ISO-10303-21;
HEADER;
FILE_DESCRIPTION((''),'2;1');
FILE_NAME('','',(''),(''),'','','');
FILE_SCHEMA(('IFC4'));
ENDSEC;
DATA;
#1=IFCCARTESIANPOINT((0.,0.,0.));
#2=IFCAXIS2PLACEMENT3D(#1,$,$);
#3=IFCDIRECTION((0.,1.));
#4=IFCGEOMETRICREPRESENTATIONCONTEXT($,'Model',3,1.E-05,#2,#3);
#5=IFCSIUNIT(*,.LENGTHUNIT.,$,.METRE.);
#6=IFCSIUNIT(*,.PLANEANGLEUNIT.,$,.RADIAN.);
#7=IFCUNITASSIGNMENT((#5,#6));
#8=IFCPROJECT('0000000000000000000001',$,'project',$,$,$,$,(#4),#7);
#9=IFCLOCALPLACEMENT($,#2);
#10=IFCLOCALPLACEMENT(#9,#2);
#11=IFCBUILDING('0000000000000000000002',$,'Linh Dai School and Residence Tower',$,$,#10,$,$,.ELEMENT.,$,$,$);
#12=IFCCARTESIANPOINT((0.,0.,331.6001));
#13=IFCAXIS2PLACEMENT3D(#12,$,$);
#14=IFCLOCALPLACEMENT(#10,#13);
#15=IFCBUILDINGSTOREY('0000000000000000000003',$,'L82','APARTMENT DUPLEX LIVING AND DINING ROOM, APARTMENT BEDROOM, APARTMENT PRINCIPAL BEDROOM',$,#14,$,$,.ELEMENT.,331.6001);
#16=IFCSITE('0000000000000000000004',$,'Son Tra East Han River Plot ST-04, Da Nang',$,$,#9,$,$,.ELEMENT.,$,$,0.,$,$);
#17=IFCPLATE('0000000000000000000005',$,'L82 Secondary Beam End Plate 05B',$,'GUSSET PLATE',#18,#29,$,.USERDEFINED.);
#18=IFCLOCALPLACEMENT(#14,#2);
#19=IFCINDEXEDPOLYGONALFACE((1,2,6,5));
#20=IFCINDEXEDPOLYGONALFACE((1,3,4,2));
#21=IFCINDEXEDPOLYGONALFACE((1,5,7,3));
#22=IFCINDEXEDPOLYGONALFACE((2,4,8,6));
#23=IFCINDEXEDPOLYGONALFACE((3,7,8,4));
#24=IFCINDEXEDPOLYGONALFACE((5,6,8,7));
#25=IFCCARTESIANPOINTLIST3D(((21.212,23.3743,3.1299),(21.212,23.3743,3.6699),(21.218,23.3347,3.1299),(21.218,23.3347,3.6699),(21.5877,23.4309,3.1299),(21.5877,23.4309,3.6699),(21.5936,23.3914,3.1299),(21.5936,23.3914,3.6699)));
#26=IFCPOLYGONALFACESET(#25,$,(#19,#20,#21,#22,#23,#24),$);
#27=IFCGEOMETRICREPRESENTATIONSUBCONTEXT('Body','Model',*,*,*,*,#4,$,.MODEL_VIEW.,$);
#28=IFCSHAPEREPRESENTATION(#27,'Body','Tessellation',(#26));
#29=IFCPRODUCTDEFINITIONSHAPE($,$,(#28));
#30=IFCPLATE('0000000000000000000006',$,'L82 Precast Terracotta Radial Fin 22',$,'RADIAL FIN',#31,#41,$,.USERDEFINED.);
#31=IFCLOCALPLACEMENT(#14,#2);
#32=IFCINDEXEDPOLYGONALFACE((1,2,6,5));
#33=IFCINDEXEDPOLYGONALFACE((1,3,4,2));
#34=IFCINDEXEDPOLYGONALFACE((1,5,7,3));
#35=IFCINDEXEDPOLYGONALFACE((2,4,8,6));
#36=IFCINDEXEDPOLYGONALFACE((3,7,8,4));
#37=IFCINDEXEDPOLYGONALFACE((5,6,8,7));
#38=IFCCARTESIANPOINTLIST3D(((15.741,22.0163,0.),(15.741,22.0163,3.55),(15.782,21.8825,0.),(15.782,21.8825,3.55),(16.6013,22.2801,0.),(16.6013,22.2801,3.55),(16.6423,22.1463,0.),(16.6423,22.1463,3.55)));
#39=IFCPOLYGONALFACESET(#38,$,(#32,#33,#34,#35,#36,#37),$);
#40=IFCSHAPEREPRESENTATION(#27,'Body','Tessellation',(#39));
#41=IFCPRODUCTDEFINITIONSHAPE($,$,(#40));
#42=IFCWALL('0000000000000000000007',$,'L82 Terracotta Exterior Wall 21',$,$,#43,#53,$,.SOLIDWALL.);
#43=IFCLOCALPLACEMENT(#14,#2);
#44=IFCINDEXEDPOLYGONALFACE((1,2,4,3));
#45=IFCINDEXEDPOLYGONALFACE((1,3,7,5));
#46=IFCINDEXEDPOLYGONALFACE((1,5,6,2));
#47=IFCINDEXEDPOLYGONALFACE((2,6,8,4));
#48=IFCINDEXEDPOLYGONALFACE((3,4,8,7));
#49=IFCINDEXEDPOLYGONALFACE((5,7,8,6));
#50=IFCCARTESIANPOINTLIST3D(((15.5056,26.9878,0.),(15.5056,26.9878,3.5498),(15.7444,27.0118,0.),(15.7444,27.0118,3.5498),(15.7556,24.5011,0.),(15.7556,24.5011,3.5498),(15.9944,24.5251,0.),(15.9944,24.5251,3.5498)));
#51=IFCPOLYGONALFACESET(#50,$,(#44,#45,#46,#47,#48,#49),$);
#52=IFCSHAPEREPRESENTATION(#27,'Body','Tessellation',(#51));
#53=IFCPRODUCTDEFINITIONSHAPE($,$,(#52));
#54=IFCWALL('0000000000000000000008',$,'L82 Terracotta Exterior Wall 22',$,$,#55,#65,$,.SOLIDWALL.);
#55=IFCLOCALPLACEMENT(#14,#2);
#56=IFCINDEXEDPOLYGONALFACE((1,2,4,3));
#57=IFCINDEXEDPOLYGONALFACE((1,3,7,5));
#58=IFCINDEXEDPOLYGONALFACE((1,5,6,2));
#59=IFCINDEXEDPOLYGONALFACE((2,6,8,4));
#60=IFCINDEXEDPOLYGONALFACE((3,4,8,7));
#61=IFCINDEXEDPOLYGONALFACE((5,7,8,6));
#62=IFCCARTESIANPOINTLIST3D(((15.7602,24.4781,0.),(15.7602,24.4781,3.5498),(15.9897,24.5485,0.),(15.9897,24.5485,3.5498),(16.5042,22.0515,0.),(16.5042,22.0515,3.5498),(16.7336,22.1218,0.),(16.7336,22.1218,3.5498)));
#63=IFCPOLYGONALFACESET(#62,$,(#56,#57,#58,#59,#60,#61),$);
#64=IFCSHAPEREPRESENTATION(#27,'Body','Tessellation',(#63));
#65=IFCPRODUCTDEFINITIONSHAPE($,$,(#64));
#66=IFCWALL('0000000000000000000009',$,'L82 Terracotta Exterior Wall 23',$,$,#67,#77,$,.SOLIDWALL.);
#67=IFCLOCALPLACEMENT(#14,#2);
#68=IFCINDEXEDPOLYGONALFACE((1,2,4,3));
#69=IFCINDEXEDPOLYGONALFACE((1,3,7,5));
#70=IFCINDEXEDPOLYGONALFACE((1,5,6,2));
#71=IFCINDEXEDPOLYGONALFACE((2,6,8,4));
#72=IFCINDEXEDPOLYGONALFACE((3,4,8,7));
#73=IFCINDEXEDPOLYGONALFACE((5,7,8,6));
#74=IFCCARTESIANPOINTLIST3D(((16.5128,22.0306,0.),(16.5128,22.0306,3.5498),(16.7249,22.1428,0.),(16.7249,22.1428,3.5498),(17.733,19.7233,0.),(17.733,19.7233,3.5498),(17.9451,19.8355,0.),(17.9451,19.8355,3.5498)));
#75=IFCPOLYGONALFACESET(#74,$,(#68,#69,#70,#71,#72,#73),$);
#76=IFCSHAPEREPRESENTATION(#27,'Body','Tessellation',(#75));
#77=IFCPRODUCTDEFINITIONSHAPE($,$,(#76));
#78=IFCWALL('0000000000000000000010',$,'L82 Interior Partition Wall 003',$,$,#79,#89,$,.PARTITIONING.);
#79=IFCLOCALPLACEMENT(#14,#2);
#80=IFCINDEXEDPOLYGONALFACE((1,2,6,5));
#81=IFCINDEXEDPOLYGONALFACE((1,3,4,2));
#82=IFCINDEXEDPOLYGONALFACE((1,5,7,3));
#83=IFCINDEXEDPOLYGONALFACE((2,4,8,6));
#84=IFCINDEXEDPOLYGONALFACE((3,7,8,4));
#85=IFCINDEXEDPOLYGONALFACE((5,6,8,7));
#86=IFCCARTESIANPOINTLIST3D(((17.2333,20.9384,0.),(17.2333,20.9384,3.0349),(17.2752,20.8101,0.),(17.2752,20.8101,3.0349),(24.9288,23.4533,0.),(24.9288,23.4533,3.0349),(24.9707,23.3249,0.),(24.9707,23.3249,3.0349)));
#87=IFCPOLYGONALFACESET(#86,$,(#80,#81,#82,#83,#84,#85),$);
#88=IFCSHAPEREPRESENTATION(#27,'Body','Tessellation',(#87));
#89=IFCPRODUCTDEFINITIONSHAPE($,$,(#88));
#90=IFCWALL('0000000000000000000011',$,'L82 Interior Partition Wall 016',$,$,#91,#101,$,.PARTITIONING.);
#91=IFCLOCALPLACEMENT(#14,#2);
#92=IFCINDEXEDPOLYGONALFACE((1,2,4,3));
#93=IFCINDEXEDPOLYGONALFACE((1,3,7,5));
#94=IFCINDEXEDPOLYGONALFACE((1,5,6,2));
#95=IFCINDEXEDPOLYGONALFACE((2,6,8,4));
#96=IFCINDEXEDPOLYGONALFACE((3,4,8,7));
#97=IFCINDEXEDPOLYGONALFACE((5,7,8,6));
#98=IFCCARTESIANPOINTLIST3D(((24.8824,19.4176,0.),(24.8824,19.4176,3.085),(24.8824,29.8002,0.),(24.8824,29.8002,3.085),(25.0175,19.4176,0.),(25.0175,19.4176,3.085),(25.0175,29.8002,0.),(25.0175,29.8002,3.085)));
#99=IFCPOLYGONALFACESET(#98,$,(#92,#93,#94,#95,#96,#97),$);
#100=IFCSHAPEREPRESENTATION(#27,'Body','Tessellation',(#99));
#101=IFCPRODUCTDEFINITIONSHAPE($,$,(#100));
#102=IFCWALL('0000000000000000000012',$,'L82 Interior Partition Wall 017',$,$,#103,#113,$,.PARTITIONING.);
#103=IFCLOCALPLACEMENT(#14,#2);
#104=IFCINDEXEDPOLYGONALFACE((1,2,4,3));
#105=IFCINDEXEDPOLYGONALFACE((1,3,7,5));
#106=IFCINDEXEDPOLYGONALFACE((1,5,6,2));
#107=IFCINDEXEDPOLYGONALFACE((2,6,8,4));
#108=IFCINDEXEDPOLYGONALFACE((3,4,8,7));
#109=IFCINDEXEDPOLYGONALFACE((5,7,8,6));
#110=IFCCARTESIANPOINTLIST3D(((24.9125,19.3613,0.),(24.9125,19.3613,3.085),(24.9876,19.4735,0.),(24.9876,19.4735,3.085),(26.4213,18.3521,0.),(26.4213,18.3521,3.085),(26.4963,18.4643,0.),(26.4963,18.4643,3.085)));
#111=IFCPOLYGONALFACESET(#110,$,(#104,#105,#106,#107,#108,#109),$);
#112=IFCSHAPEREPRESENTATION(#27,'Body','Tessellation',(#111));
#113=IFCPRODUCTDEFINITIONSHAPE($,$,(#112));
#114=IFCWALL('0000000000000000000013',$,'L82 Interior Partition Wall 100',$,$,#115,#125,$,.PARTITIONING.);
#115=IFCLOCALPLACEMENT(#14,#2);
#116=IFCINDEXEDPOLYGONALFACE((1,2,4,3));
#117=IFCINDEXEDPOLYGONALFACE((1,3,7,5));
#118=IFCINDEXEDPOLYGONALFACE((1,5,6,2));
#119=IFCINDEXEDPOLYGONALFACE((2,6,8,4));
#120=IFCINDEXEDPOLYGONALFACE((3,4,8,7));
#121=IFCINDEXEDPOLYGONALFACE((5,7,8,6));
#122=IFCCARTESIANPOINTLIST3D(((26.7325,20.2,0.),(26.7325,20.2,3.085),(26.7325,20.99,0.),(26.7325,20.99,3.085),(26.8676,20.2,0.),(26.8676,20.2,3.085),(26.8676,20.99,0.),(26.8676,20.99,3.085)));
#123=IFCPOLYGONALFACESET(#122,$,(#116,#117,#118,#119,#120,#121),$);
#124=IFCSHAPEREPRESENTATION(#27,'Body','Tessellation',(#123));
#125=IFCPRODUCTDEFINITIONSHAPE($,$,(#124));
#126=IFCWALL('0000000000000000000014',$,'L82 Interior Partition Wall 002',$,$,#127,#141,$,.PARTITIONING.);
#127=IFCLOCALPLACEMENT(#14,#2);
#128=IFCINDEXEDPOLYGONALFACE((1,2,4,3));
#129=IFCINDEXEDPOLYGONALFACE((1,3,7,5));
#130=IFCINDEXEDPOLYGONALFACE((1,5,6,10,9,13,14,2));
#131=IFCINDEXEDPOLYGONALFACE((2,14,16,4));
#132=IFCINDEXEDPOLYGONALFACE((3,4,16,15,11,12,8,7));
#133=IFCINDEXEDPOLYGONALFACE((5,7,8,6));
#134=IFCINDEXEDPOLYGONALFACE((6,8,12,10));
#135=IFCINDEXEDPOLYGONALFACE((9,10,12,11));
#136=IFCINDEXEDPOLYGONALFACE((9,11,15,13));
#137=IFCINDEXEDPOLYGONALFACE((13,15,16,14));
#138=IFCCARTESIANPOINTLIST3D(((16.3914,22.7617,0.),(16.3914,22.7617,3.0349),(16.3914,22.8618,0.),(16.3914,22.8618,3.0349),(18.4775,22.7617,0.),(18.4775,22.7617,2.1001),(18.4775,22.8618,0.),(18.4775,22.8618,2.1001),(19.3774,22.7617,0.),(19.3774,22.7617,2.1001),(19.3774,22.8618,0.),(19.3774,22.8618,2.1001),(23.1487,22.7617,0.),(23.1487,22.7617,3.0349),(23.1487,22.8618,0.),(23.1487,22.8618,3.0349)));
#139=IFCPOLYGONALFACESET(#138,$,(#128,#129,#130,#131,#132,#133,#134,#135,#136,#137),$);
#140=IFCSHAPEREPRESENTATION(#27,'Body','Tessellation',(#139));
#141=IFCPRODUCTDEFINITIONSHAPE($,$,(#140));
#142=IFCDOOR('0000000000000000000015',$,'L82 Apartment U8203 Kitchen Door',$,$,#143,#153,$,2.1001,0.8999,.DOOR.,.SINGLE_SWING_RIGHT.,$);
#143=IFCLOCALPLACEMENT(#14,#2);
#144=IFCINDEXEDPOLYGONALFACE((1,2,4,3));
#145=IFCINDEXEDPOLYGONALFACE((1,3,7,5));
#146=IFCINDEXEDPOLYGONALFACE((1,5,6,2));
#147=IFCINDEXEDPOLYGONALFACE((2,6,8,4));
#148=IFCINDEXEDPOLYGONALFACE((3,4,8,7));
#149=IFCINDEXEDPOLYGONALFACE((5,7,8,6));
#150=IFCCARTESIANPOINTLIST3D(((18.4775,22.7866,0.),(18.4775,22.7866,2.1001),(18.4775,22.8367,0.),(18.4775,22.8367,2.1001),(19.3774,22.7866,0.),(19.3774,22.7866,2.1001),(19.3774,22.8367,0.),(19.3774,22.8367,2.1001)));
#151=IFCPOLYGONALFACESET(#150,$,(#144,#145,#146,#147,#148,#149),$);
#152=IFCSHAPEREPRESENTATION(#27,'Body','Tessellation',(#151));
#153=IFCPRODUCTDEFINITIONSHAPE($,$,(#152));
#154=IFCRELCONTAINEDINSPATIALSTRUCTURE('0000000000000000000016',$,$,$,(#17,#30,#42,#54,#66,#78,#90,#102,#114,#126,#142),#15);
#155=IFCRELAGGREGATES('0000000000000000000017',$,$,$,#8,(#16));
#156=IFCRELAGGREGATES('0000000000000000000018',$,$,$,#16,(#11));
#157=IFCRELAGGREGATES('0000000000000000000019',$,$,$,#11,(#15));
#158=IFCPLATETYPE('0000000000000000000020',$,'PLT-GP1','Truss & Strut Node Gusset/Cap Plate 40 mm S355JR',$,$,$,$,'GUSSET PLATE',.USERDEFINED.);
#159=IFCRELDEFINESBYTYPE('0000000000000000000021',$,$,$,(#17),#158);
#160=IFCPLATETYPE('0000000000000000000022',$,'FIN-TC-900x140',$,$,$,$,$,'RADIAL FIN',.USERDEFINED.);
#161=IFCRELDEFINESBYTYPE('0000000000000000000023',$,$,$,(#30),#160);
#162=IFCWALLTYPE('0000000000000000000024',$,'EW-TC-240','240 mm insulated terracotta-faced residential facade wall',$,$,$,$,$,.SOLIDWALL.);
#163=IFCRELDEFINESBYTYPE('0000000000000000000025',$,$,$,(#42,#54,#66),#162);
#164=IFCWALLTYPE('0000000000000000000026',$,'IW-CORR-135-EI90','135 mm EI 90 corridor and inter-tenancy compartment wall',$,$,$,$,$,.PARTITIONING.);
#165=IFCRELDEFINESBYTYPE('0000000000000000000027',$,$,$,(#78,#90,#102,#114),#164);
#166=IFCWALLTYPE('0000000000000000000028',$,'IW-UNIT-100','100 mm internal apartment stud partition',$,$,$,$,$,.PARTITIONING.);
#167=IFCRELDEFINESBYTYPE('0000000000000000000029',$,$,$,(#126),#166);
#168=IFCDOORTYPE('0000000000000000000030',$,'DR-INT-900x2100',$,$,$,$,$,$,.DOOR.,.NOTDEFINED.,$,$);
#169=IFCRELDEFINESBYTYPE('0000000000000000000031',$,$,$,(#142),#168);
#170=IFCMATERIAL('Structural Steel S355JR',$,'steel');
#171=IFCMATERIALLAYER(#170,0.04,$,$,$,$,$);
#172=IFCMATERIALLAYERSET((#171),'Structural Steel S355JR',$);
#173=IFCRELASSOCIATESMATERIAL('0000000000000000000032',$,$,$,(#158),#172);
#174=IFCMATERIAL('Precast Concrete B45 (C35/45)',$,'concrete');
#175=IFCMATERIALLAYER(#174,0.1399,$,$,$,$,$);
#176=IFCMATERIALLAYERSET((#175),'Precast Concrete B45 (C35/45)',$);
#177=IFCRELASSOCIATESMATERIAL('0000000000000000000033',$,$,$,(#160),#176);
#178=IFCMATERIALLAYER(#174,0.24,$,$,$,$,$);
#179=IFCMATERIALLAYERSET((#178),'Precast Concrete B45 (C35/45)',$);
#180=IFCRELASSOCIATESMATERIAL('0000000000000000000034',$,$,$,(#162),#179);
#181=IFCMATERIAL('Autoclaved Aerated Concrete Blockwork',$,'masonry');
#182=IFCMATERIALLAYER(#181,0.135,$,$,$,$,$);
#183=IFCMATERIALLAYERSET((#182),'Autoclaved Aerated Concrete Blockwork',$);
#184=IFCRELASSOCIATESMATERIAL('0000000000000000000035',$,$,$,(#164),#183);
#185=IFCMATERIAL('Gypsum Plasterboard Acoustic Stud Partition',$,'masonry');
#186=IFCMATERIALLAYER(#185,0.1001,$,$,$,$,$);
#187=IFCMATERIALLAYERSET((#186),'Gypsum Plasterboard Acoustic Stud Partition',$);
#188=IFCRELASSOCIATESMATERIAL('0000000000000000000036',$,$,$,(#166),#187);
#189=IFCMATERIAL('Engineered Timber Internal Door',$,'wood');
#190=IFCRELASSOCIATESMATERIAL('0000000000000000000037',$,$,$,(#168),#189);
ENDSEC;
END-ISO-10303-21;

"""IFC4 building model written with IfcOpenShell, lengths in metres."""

from ifc_helpers import new_model, si_unit, direction, frame, frame_2d, origin, origin_2d, place, context, subcontext, project, spatial, rectangle, extrude, source, transform, mapped, material, layer, layer_set, type_object, element, fill, save


model = new_model("IFC4")

# Units and contexts
model_context = context("Model", 3, precision=1e-05, world=origin(), true_north=direction((0.0, 1.0)))
body_context = subcontext(model_context, "Body", "Model", "MODEL_VIEW")
ifc_project = project(units=[si_unit("LENGTHUNIT", "METRE"), si_unit("PLANEANGLEUNIT", "RADIAN")], contexts=[model_context])

# Site, building, storey
site_placement = place(None, origin())
site = spatial("IfcSite", under=ifc_project, at=site_placement, Name="Son Tra East Han River Plot ST-04, Da Nang", CompositionType="ELEMENT", RefElevation=0.0)
building_placement = place(site_placement, origin())
building = spatial("IfcBuilding", under=site, at=building_placement, Name="Linh Dai School and Residence Tower", CompositionType="ELEMENT")
storey_placement = place(building_placement, frame((0.0, 0.0, 331.6001)))
storey = spatial("IfcBuildingStorey", under=building, at=storey_placement, Name="L82", Description="APARTMENT DUPLEX LIVING AND DINING ROOM, APARTMENT BEDROOM, APARTMENT PRINCIPAL BEDROOM", CompositionType="ELEMENT", Elevation=331.6001)

# Shared definitions
ifc_material_1 = material(Name="Structural Steel S355JR", Category="steel")

# Plates
ifc_layer_1 = layer(ifc_material_1, 0.04)
ifc_layer_set_1 = layer_set([ifc_layer_1], Name="Structural Steel S355JR")
plate_type_1 = type_object("IfcPlateType", Name="PLT-GP1", Description="Truss & Strut Node Gusset/Cap Plate 40 mm S355JR", ElementType="GUSSET PLATE", PredefinedType="USERDEFINED", material=ifc_layer_set_1)
shared_shape_1 = source(origin(), body_context, "Body", "SweptSolid", [
    extrude(rectangle(XDim=0.04, YDim=0.3799, at=origin_2d()), origin(), (0.0, 0.0, 1.0), 0.54),
])
plate_1_placement = place(storey_placement, frame((21.4028, 23.3828, 3.1299), z_axis=(0.0, 0.0, 1.0), x_axis=(0.149196, -0.988808, 0.0)))
element("IfcPlate", 1, at=plate_1_placement, inside=storey, type_object=plate_type_1, Name="L82 Secondary Beam End Plate 05B", ObjectType="GUSSET PLATE", PredefinedType="USERDEFINED", context=body_context, shape_type="MappedRepresentation", body=[
    mapped(shared_shape_1, transform((0.0, 0.0, 0.0), x_axis=(1.0, 0.0, 0.0), y_axis=(0.0, 1.0, 0.0), z_axis=(0.0, 0.0, 1.0), scale=1.0)),
])
ifc_material_2 = material(Name="Precast Concrete B45 (C35/45)", Category="concrete")
ifc_layer_2 = layer(ifc_material_2, 0.1399)
ifc_layer_set_2 = layer_set([ifc_layer_2], Name="Precast Concrete B45 (C35/45)")
plate_type_2 = type_object("IfcPlateType", Name="FIN-TC-900x140", ElementType="RADIAL FIN", PredefinedType="USERDEFINED", material=ifc_layer_set_2)
shared_shape_2 = source(origin(), body_context, "Body", "SweptSolid", [
    extrude(rectangle(XDim=0.8999, YDim=0.1399, at=origin_2d()), origin(), (0.0, 0.0, 1.0), 3.55),
])
plate_2_placement = place(storey_placement, frame((16.1917, 22.0813, 0.0), z_axis=(0.0, 0.0, 1.0), x_axis=(-0.956083, -0.293095, 0.0)))
element("IfcPlate", 2, at=plate_2_placement, inside=storey, type_object=plate_type_2, Name="L82 Precast Terracotta Radial Fin 22", ObjectType="RADIAL FIN", PredefinedType="USERDEFINED", context=body_context, shape_type="MappedRepresentation", body=[
    mapped(shared_shape_2, transform((0.0, 0.0, 0.0), x_axis=(1.0, 0.0, 0.0), y_axis=(0.0, 1.0, 0.0), z_axis=(0.0, 0.0, 1.0), scale=1.0)),
])

# Walls
ifc_layer_3 = layer(ifc_material_2, 0.24)
ifc_layer_set_3 = layer_set([ifc_layer_3], Name="Precast Concrete B45 (C35/45)")
wall_type_1 = type_object("IfcWallType", Name="EW-TC-240", Description="240 mm insulated terracotta-faced residential facade wall", PredefinedType="SOLIDWALL", material=ifc_layer_set_3)
wall_1_placement = place(storey_placement, frame((15.875, 24.5132, 0.0), z_axis=(0.0, 0.0, 1.0), x_axis=(-0.100026, 0.994985, 0.0)))
element("IfcWall", 3, at=wall_1_placement, inside=storey, type_object=wall_type_1, Name="L82 Terracotta Exterior Wall 21", PredefinedType="SOLIDWALL", context=body_context, shape_type="SweptSolid", body=[
    extrude(rectangle(XDim=2.4993, YDim=0.24, at=frame_2d((1.2495, 0.0))), origin(), (0.0, 0.0, 1.0), 3.5498),
])
wall_2_placement = place(storey_placement, frame((16.6189, 22.0867, 0.0), z_axis=(0.0, 0.0, 1.0), x_axis=(-0.293106, 0.95608, 0.0)))
element("IfcWall", 4, at=wall_2_placement, inside=storey, type_object=wall_type_1, Name="L82 Terracotta Exterior Wall 22", PredefinedType="SOLIDWALL", context=body_context, shape_type="SweptSolid", body=[
    extrude(rectangle(XDim=2.5381, YDim=0.24, at=frame_2d((1.269, 0.0))), origin(), (0.0, 0.0, 1.0), 3.5498),
])
wall_3_placement = place(storey_placement, frame((17.8391, 19.7793, 0.0), z_axis=(0.0, 0.0, 1.0), x_axis=(-0.467488, 0.883999, 0.0)))
element("IfcWall", 5, at=wall_3_placement, inside=storey, type_object=wall_type_1, Name="L82 Terracotta Exterior Wall 23", PredefinedType="SOLIDWALL", context=body_context, shape_type="SweptSolid", body=[
    extrude(rectangle(XDim=2.6101, YDim=0.24, at=frame_2d((1.3052, 0.0))), origin(), (0.0, 0.0, 1.0), 3.5498),
])
ifc_material_3 = material(Name="Autoclaved Aerated Concrete Blockwork", Category="masonry")
ifc_layer_4 = layer(ifc_material_3, 0.135)
ifc_layer_set_4 = layer_set([ifc_layer_4], Name="Autoclaved Aerated Concrete Blockwork")
wall_type_2 = type_object("IfcWallType", Name="IW-CORR-135-EI90", Description="135 mm EI 90 corridor and inter-tenancy compartment wall", PredefinedType="PARTITIONING", material=ifc_layer_set_4)
wall_4_placement = place(storey_placement, frame((17.2544, 20.8743, 0.0), z_axis=(0.0, 0.0, 1.0), x_axis=(0.95053, 0.310631, 0.0)))
element("IfcWall", 6, at=wall_4_placement, inside=storey, type_object=wall_type_2, Name="L82 Interior Partition Wall 003", PredefinedType="PARTITIONING", context=body_context, shape_type="SweptSolid", body=[
    extrude(rectangle(XDim=8.0959, YDim=0.135, at=frame_2d((4.0479, 0.0))), origin(), (0.0, 0.0, 1.0), 3.0349),
])
wall_5_placement = place(storey_placement, frame((24.95, 19.4175, 0.0), z_axis=(0.0, 0.0, 1.0), x_axis=(0.0, 1.0, 0.0)))
element("IfcWall", 7, at=wall_5_placement, inside=storey, type_object=wall_type_2, Name="L82 Interior Partition Wall 016", PredefinedType="PARTITIONING", context=body_context, shape_type="SweptSolid", body=[
    extrude(rectangle(XDim=10.3826, YDim=0.135, at=frame_2d((5.1914, 0.0))), origin(), (0.0, 0.0, 1.0), 3.085),
])
wall_6_placement = place(storey_placement, frame((24.95, 19.4175, 0.0), z_axis=(0.0, 0.0, 1.0), x_axis=(0.83118, -0.556003, 0.0)))
element("IfcWall", 8, at=wall_6_placement, inside=storey, type_object=wall_type_2, Name="L82 Interior Partition Wall 017", PredefinedType="PARTITIONING", context=body_context, shape_type="SweptSolid", body=[
    extrude(rectangle(XDim=1.8152, YDim=0.135, at=frame_2d((0.9077, 0.0))), origin(), (0.0, 0.0, 1.0), 3.085),
])
wall_7_placement = place(storey_placement, frame((26.8, 20.99, 0.0), z_axis=(0.0, 0.0, 1.0), x_axis=(0.0, -1.0, 0.0)))
element("IfcWall", 9, at=wall_7_placement, inside=storey, type_object=wall_type_2, Name="L82 Interior Partition Wall 100", PredefinedType="PARTITIONING", context=body_context, shape_type="SweptSolid", body=[
    extrude(rectangle(XDim=0.79, YDim=0.135, at=frame_2d((0.395, 0.0))), origin(), (0.0, 0.0, 1.0), 3.085),
])

# Wall, opening, door
ifc_material_4 = material(Name="Gypsum Plasterboard Acoustic Stud Partition", Category="masonry")
ifc_layer_5 = layer(ifc_material_4, 0.1001)
ifc_layer_set_5 = layer_set([ifc_layer_5], Name="Gypsum Plasterboard Acoustic Stud Partition")
wall_type_3 = type_object("IfcWallType", Name="IW-UNIT-100", Description="100 mm internal apartment stud partition", PredefinedType="PARTITIONING", material=ifc_layer_set_5)
wall_8_placement = place(storey_placement, frame((16.3914, 22.8118, 0.0), z_axis=(0.0, 0.0, 1.0), x_axis=(1.0, 0.0, 0.0)))
wall_8 = element("IfcWall", 10, at=wall_8_placement, inside=storey, type_object=wall_type_3, Name="L82 Interior Partition Wall 002", PredefinedType="PARTITIONING", context=body_context, shape_type="SweptSolid", body=[
    extrude(rectangle(XDim=6.7573, YDim=0.1001, at=frame_2d((3.3787, 0.0))), origin(), (0.0, 0.0, 1.0), 3.0349),
])
opening_1_placement = place(wall_8_placement, frame((2.0862, 0.0, 0.0)))
opening_1 = element("IfcOpeningElement", 11, at=opening_1_placement, cuts=wall_8, PredefinedType="OPENING", context=body_context, shape_type="SweptSolid", body=[
    extrude(rectangle(XDim=0.8999, YDim=2.1001, at=origin_2d()), frame((0.45, 0.0601, 1.05), z_axis=(0.0, -1.0, 0.0), x_axis=(1.0, 0.0, 0.0)), (0.0, 0.0, 1.0), 0.1201),
])
ifc_material_5 = material(Name="Engineered Timber Internal Door", Category="wood")
door_type_1 = type_object("IfcDoorType", Name="DR-INT-900x2100", OperationType="NOTDEFINED", PredefinedType="DOOR", material=ifc_material_5)
shared_shape_3 = source(origin(), body_context, "Body", "SweptSolid", [
    extrude(rectangle(XDim=0.8999, YDim=2.1001, at=origin_2d()), frame((0.45, 0.0249, 1.05), z_axis=(0.0, -1.0, 0.0), x_axis=(1.0, 0.0, 0.0)), (0.0, 0.0, 1.0), 0.05),
])
door_1_placement = place(opening_1_placement, origin())
door_1 = element("IfcDoor", 12, at=door_1_placement, inside=storey, type_object=door_type_1, Name="L82 Apartment U8203 Kitchen Door", OperationType="SINGLE_SWING_RIGHT", OverallHeight=2.1001, OverallWidth=0.8999, PredefinedType="DOOR", context=body_context, shape_type="MappedRepresentation", body=[
    mapped(shared_shape_3, transform((0.0, 0.0, 0.0), x_axis=(1.0, 0.0, 0.0), y_axis=(0.0, 1.0, 0.0), z_axis=(0.0, 0.0, 1.0), scale=1.0)),
])
fill(opening_1, door_1)

save(model, "model.ifc")
